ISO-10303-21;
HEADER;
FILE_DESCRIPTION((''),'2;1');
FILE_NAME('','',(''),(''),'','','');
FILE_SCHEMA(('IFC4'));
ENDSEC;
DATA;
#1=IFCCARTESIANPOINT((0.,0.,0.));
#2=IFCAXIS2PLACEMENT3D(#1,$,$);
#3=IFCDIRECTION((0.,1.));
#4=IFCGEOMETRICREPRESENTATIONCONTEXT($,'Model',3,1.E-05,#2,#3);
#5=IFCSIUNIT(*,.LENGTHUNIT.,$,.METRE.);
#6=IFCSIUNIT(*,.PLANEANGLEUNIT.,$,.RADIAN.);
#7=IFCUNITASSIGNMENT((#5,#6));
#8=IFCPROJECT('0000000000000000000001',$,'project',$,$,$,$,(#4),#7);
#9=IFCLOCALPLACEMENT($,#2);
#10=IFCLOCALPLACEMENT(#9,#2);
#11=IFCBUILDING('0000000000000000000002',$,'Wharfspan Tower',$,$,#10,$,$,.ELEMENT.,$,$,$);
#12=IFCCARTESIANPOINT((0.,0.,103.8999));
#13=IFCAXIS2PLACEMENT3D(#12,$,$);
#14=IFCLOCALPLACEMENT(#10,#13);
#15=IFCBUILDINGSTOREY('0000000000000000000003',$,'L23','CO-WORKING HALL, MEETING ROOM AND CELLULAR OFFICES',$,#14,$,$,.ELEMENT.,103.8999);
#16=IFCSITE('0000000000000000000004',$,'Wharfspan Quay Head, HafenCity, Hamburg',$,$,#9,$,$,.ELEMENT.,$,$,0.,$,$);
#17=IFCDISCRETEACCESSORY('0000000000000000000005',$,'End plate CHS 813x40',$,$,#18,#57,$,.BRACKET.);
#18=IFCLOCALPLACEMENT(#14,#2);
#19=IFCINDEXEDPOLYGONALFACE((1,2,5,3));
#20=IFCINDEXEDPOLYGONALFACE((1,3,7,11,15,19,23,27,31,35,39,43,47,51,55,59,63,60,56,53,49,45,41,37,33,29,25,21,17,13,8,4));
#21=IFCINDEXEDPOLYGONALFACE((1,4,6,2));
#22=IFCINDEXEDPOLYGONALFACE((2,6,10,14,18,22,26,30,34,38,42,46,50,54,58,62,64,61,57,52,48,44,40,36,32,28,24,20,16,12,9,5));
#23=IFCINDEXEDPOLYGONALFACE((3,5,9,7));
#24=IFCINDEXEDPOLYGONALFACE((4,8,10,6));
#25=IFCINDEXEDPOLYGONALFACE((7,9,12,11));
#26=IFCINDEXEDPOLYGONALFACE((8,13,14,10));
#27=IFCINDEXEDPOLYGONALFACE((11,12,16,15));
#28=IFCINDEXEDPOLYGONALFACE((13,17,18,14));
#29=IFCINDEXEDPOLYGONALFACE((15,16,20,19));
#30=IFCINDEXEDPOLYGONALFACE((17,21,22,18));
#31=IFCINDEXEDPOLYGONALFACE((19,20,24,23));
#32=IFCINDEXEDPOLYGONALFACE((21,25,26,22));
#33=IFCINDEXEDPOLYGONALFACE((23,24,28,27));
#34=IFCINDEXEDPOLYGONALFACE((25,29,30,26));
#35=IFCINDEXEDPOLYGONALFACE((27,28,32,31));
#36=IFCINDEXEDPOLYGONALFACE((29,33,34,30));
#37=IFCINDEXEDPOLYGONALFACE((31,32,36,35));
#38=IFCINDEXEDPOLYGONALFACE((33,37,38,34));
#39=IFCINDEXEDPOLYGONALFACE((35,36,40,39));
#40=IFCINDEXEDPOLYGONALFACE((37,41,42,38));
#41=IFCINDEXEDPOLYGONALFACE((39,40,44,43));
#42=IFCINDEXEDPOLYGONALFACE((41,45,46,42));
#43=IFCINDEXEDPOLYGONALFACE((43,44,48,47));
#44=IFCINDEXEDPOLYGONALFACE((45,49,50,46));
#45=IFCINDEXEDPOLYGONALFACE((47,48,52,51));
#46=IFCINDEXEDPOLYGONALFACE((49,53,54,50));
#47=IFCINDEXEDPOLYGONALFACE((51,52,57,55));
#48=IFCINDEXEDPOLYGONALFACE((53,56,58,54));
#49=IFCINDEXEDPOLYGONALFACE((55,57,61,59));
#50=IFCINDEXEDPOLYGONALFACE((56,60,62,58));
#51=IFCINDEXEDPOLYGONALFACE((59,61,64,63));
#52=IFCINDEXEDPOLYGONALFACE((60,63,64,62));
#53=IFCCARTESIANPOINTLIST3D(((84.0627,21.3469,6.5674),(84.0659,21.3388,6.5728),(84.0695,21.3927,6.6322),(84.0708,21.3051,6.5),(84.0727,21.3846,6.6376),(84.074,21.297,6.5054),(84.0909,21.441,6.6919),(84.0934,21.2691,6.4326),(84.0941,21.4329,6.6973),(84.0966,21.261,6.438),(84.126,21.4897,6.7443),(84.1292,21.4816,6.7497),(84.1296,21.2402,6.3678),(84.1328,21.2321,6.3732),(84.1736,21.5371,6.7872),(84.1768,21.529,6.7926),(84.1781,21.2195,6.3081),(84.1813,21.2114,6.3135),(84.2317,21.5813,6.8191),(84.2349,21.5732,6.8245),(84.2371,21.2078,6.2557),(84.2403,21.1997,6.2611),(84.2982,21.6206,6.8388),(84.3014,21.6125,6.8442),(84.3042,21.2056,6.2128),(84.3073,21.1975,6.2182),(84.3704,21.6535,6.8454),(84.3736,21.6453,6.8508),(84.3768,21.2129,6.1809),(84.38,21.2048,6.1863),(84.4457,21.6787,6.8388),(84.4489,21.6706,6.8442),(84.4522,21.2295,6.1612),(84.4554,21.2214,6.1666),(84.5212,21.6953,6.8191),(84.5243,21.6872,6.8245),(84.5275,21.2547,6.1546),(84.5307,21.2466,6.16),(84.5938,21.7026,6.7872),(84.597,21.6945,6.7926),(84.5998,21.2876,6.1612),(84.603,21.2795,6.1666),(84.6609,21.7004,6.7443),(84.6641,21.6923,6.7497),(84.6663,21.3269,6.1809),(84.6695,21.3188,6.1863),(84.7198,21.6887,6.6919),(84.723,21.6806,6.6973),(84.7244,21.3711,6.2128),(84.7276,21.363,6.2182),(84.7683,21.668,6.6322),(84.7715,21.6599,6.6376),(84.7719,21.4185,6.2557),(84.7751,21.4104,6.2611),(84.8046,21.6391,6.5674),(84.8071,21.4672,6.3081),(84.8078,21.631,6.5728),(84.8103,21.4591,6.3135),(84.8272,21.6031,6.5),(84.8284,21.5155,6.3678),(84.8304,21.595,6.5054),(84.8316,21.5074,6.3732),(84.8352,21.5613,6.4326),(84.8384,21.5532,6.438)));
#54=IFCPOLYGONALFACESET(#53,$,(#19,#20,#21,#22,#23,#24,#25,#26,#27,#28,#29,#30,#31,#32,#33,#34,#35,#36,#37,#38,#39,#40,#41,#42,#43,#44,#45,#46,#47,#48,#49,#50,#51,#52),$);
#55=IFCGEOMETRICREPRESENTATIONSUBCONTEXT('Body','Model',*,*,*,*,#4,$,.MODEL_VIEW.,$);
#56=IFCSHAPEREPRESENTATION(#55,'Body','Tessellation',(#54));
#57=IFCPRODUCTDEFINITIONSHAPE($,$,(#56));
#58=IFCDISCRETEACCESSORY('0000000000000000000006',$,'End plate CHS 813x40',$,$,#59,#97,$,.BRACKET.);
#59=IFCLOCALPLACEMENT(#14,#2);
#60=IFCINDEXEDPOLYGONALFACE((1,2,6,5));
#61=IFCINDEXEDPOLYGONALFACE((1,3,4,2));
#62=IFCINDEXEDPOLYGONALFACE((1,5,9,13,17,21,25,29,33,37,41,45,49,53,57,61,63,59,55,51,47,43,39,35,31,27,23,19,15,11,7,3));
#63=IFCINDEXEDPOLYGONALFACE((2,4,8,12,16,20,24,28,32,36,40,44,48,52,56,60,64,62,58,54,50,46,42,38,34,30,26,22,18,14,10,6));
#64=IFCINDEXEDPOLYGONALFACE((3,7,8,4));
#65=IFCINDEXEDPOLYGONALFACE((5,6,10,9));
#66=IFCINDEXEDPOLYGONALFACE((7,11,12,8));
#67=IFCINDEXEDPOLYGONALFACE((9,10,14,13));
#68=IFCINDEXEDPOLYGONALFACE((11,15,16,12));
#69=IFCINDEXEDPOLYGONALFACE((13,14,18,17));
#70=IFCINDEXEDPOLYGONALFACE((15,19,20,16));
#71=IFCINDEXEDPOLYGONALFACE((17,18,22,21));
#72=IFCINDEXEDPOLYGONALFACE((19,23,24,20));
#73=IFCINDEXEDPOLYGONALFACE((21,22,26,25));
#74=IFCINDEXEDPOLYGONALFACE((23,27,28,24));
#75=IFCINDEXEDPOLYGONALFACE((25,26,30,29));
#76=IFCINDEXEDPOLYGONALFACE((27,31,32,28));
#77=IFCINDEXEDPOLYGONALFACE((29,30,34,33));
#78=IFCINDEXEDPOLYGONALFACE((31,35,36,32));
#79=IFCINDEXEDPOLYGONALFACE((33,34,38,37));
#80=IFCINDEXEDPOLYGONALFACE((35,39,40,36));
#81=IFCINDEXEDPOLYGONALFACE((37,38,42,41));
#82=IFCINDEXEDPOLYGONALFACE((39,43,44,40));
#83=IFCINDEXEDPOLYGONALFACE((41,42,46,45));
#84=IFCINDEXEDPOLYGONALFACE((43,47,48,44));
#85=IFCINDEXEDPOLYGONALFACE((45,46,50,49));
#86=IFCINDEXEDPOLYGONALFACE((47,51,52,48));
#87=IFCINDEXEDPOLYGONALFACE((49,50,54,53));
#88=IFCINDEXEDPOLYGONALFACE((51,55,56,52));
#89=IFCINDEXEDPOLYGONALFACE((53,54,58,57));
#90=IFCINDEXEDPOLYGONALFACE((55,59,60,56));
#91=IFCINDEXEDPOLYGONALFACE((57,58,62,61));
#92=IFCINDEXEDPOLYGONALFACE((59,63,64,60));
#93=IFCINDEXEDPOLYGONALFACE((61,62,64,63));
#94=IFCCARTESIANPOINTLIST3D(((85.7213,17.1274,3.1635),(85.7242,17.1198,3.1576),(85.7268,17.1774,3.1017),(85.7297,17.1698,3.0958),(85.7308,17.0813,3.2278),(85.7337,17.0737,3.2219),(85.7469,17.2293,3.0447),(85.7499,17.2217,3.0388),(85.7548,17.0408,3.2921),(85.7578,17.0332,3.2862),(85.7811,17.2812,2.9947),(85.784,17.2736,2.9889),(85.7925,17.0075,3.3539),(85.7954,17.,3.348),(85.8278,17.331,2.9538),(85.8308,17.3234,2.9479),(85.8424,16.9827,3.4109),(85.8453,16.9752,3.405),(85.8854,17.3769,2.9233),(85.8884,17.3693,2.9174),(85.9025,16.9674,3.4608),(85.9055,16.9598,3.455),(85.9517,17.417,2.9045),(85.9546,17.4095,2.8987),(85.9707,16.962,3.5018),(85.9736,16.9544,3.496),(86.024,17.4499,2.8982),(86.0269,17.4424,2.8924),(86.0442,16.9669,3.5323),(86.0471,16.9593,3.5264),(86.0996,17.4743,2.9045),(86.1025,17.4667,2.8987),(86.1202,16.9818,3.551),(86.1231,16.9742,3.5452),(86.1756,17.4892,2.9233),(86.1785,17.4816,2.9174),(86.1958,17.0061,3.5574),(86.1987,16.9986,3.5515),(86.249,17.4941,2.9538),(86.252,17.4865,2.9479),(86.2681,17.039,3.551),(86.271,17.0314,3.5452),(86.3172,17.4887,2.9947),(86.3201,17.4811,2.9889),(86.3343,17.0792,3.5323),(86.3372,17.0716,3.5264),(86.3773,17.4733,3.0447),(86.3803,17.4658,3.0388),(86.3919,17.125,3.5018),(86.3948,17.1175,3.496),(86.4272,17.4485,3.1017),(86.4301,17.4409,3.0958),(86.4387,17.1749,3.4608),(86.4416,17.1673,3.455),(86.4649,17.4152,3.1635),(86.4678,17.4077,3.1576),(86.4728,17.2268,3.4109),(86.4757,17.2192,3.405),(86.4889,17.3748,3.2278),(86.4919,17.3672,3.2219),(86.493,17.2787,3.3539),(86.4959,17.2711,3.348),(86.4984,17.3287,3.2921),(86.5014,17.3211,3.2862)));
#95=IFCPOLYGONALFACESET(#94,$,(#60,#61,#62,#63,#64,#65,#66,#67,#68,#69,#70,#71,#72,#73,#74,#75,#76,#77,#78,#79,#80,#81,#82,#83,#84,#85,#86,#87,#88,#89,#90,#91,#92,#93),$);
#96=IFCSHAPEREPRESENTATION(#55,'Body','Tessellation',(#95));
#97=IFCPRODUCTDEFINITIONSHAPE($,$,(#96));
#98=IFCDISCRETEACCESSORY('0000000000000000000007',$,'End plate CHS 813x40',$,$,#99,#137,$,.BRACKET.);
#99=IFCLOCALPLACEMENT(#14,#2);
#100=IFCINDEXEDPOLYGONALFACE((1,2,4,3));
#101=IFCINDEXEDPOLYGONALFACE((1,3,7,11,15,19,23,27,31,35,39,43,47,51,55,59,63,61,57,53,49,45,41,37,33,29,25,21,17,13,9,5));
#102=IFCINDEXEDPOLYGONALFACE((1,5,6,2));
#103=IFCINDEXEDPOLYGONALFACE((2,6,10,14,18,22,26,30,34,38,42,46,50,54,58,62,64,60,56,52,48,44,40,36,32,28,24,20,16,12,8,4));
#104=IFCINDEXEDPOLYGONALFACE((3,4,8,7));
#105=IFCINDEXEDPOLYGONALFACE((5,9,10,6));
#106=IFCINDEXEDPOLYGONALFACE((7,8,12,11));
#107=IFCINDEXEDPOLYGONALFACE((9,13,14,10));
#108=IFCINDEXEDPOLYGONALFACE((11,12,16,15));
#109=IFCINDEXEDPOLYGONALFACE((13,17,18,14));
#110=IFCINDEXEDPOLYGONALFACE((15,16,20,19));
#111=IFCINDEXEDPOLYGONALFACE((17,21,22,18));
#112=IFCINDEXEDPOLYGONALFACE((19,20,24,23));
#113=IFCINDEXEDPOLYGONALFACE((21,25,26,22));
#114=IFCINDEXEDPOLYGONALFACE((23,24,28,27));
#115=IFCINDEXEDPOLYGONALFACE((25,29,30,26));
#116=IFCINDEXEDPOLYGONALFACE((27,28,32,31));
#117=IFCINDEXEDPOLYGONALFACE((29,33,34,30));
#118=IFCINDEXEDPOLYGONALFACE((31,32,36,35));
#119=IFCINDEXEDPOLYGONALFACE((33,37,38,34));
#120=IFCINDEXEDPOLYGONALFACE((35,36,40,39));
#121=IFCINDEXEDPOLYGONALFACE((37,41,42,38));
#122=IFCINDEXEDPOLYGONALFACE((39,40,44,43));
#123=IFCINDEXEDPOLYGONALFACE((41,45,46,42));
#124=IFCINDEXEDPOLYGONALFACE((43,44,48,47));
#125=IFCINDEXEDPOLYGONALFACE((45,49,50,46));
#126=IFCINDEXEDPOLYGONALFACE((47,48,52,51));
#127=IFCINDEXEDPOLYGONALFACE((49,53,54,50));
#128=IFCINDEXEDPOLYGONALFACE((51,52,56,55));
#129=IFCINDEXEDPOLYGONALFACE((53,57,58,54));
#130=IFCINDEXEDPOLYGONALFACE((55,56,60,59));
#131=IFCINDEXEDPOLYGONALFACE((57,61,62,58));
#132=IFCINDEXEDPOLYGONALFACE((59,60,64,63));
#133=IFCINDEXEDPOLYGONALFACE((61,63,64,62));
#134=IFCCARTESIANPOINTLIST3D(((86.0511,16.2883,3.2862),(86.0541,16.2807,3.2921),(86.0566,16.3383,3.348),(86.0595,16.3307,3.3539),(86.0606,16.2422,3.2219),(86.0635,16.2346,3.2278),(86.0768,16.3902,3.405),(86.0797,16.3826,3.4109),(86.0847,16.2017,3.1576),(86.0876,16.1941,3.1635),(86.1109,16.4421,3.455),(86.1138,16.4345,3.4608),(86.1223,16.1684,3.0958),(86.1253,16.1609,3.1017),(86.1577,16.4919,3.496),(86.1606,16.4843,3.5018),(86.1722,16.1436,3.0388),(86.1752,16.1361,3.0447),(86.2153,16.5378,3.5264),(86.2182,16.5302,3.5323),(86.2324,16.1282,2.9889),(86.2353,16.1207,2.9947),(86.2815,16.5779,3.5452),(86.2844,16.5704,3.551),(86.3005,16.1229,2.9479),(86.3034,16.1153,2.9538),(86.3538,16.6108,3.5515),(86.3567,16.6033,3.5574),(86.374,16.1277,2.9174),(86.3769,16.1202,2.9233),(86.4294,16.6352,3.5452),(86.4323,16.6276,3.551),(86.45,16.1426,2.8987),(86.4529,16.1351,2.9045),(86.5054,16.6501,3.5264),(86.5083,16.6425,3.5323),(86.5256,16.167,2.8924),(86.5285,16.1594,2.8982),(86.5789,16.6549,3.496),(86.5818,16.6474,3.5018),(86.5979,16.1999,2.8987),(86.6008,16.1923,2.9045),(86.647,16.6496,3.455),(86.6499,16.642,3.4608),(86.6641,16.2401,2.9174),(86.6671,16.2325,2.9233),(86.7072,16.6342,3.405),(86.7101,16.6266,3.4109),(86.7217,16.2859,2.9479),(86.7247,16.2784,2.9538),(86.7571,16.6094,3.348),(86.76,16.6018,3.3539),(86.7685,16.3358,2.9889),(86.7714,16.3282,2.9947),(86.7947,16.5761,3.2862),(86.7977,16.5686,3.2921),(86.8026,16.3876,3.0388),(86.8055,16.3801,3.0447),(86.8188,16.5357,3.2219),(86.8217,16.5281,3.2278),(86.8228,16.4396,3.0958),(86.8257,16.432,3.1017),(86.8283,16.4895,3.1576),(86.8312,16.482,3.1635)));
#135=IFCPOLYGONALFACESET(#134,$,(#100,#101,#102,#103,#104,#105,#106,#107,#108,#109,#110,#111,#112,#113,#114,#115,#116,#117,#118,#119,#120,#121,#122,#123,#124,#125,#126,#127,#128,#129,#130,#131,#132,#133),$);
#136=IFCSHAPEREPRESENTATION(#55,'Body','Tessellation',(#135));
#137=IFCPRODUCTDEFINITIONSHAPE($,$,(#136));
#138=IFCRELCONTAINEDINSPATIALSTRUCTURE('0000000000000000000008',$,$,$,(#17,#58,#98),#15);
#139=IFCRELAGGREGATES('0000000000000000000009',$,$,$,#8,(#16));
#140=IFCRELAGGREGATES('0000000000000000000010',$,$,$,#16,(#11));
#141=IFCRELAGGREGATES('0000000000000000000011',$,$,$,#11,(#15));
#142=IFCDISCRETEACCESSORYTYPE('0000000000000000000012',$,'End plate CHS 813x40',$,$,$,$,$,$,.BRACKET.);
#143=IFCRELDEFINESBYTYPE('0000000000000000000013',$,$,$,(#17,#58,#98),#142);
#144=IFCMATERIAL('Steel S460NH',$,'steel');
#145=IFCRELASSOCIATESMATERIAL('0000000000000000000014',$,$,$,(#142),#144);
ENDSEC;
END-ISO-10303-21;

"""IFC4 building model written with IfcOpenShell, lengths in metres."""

from ifc_helpers import new_model, si_unit, direction, frame, origin, origin_2d, place, context, subcontext, project, spatial, circle, extrude, material, material_profile, profile_set, type_object, element, save


model = new_model("IFC4")

# Units and contexts
model_context = context("Model", 3, precision=1e-05, world=origin(), true_north=direction((0.0, 1.0)))
body_context = subcontext(model_context, "Body", "Model", "MODEL_VIEW")
ifc_project = project(units=[si_unit("LENGTHUNIT", "METRE"), si_unit("PLANEANGLEUNIT", "RADIAN")], contexts=[model_context])

# Site, building, storey
site_placement = place(None, origin())
site = spatial("IfcSite", under=ifc_project, at=site_placement, Name="Wharfspan Quay Head, HafenCity, Hamburg", CompositionType="ELEMENT", RefElevation=0.0)
building_placement = place(site_placement, origin())
building = spatial("IfcBuilding", under=site, at=building_placement, Name="Wharfspan Tower", CompositionType="ELEMENT")
storey_placement = place(building_placement, frame((0.0, 0.0, 103.8999)))
storey = spatial("IfcBuildingStorey", under=building, at=storey_placement, Name="L23", Description="CO-WORKING HALL, MEETING ROOM AND CELLULAR OFFICES", CompositionType="ELEMENT", Elevation=103.8999)

# Shared definitions
ifc_material_1 = material(Name="Steel S460NH", Category="steel")

# Discrete accessories
ifc_material_profile_1 = material_profile(ifc_material_1, circle(Radius=0.4065, at=origin_2d()))
ifc_profile_set_1 = profile_set([ifc_material_profile_1], Name="Steel S460NH")
discrete_accessory_type = type_object("IfcDiscreteAccessoryType", Name="End plate CHS 813x40", PredefinedType="BRACKET", material=ifc_profile_set_1)
discrete_accessory_placement = place(storey_placement, frame((84.449, 21.4541, 6.5), z_axis=(0.311472, -0.79066, 0.527107), x_axis=(0.93041, 0.366525, 0.0)))
element("IfcDiscreteAccessory", 1, at=discrete_accessory_placement, inside=storey, type_object=discrete_accessory_type, Name="End plate CHS 813x40", PredefinedType="BRACKET", context=body_context, shape_type="SweptSolid", body=[
    extrude(circle(Radius=0.4065, at=origin_2d()), origin(), (0.0, 0.0, 1.0), 0.0103),
])
for number, where, z_axis, x_axis, name in (
    (2, (86.1128, 17.2205, 3.2219), (-0.292683, 0.756098, 0.585366), (-0.932565, -0.360992, -0.000001), "End plate CHS 813x40"),
    (3, (86.4397, 16.3889, 3.2219), (0.292683, -0.756098, 0.585366), (0.932565, 0.360992, -0.000001), "End plate CHS 813x40"),
):
    element("IfcDiscreteAccessory", number, at=place(storey_placement, frame(where, z_axis=z_axis, x_axis=x_axis)), inside=storey, type_object=discrete_accessory_type, Name=name, PredefinedType="BRACKET", context=body_context, shape_type="SweptSolid", body=[
        extrude(circle(Radius=0.4065, at=origin_2d()), origin(), (0.0, 0.0, 1.0), 0.01),
    ])

save(model, "model.ifc")
